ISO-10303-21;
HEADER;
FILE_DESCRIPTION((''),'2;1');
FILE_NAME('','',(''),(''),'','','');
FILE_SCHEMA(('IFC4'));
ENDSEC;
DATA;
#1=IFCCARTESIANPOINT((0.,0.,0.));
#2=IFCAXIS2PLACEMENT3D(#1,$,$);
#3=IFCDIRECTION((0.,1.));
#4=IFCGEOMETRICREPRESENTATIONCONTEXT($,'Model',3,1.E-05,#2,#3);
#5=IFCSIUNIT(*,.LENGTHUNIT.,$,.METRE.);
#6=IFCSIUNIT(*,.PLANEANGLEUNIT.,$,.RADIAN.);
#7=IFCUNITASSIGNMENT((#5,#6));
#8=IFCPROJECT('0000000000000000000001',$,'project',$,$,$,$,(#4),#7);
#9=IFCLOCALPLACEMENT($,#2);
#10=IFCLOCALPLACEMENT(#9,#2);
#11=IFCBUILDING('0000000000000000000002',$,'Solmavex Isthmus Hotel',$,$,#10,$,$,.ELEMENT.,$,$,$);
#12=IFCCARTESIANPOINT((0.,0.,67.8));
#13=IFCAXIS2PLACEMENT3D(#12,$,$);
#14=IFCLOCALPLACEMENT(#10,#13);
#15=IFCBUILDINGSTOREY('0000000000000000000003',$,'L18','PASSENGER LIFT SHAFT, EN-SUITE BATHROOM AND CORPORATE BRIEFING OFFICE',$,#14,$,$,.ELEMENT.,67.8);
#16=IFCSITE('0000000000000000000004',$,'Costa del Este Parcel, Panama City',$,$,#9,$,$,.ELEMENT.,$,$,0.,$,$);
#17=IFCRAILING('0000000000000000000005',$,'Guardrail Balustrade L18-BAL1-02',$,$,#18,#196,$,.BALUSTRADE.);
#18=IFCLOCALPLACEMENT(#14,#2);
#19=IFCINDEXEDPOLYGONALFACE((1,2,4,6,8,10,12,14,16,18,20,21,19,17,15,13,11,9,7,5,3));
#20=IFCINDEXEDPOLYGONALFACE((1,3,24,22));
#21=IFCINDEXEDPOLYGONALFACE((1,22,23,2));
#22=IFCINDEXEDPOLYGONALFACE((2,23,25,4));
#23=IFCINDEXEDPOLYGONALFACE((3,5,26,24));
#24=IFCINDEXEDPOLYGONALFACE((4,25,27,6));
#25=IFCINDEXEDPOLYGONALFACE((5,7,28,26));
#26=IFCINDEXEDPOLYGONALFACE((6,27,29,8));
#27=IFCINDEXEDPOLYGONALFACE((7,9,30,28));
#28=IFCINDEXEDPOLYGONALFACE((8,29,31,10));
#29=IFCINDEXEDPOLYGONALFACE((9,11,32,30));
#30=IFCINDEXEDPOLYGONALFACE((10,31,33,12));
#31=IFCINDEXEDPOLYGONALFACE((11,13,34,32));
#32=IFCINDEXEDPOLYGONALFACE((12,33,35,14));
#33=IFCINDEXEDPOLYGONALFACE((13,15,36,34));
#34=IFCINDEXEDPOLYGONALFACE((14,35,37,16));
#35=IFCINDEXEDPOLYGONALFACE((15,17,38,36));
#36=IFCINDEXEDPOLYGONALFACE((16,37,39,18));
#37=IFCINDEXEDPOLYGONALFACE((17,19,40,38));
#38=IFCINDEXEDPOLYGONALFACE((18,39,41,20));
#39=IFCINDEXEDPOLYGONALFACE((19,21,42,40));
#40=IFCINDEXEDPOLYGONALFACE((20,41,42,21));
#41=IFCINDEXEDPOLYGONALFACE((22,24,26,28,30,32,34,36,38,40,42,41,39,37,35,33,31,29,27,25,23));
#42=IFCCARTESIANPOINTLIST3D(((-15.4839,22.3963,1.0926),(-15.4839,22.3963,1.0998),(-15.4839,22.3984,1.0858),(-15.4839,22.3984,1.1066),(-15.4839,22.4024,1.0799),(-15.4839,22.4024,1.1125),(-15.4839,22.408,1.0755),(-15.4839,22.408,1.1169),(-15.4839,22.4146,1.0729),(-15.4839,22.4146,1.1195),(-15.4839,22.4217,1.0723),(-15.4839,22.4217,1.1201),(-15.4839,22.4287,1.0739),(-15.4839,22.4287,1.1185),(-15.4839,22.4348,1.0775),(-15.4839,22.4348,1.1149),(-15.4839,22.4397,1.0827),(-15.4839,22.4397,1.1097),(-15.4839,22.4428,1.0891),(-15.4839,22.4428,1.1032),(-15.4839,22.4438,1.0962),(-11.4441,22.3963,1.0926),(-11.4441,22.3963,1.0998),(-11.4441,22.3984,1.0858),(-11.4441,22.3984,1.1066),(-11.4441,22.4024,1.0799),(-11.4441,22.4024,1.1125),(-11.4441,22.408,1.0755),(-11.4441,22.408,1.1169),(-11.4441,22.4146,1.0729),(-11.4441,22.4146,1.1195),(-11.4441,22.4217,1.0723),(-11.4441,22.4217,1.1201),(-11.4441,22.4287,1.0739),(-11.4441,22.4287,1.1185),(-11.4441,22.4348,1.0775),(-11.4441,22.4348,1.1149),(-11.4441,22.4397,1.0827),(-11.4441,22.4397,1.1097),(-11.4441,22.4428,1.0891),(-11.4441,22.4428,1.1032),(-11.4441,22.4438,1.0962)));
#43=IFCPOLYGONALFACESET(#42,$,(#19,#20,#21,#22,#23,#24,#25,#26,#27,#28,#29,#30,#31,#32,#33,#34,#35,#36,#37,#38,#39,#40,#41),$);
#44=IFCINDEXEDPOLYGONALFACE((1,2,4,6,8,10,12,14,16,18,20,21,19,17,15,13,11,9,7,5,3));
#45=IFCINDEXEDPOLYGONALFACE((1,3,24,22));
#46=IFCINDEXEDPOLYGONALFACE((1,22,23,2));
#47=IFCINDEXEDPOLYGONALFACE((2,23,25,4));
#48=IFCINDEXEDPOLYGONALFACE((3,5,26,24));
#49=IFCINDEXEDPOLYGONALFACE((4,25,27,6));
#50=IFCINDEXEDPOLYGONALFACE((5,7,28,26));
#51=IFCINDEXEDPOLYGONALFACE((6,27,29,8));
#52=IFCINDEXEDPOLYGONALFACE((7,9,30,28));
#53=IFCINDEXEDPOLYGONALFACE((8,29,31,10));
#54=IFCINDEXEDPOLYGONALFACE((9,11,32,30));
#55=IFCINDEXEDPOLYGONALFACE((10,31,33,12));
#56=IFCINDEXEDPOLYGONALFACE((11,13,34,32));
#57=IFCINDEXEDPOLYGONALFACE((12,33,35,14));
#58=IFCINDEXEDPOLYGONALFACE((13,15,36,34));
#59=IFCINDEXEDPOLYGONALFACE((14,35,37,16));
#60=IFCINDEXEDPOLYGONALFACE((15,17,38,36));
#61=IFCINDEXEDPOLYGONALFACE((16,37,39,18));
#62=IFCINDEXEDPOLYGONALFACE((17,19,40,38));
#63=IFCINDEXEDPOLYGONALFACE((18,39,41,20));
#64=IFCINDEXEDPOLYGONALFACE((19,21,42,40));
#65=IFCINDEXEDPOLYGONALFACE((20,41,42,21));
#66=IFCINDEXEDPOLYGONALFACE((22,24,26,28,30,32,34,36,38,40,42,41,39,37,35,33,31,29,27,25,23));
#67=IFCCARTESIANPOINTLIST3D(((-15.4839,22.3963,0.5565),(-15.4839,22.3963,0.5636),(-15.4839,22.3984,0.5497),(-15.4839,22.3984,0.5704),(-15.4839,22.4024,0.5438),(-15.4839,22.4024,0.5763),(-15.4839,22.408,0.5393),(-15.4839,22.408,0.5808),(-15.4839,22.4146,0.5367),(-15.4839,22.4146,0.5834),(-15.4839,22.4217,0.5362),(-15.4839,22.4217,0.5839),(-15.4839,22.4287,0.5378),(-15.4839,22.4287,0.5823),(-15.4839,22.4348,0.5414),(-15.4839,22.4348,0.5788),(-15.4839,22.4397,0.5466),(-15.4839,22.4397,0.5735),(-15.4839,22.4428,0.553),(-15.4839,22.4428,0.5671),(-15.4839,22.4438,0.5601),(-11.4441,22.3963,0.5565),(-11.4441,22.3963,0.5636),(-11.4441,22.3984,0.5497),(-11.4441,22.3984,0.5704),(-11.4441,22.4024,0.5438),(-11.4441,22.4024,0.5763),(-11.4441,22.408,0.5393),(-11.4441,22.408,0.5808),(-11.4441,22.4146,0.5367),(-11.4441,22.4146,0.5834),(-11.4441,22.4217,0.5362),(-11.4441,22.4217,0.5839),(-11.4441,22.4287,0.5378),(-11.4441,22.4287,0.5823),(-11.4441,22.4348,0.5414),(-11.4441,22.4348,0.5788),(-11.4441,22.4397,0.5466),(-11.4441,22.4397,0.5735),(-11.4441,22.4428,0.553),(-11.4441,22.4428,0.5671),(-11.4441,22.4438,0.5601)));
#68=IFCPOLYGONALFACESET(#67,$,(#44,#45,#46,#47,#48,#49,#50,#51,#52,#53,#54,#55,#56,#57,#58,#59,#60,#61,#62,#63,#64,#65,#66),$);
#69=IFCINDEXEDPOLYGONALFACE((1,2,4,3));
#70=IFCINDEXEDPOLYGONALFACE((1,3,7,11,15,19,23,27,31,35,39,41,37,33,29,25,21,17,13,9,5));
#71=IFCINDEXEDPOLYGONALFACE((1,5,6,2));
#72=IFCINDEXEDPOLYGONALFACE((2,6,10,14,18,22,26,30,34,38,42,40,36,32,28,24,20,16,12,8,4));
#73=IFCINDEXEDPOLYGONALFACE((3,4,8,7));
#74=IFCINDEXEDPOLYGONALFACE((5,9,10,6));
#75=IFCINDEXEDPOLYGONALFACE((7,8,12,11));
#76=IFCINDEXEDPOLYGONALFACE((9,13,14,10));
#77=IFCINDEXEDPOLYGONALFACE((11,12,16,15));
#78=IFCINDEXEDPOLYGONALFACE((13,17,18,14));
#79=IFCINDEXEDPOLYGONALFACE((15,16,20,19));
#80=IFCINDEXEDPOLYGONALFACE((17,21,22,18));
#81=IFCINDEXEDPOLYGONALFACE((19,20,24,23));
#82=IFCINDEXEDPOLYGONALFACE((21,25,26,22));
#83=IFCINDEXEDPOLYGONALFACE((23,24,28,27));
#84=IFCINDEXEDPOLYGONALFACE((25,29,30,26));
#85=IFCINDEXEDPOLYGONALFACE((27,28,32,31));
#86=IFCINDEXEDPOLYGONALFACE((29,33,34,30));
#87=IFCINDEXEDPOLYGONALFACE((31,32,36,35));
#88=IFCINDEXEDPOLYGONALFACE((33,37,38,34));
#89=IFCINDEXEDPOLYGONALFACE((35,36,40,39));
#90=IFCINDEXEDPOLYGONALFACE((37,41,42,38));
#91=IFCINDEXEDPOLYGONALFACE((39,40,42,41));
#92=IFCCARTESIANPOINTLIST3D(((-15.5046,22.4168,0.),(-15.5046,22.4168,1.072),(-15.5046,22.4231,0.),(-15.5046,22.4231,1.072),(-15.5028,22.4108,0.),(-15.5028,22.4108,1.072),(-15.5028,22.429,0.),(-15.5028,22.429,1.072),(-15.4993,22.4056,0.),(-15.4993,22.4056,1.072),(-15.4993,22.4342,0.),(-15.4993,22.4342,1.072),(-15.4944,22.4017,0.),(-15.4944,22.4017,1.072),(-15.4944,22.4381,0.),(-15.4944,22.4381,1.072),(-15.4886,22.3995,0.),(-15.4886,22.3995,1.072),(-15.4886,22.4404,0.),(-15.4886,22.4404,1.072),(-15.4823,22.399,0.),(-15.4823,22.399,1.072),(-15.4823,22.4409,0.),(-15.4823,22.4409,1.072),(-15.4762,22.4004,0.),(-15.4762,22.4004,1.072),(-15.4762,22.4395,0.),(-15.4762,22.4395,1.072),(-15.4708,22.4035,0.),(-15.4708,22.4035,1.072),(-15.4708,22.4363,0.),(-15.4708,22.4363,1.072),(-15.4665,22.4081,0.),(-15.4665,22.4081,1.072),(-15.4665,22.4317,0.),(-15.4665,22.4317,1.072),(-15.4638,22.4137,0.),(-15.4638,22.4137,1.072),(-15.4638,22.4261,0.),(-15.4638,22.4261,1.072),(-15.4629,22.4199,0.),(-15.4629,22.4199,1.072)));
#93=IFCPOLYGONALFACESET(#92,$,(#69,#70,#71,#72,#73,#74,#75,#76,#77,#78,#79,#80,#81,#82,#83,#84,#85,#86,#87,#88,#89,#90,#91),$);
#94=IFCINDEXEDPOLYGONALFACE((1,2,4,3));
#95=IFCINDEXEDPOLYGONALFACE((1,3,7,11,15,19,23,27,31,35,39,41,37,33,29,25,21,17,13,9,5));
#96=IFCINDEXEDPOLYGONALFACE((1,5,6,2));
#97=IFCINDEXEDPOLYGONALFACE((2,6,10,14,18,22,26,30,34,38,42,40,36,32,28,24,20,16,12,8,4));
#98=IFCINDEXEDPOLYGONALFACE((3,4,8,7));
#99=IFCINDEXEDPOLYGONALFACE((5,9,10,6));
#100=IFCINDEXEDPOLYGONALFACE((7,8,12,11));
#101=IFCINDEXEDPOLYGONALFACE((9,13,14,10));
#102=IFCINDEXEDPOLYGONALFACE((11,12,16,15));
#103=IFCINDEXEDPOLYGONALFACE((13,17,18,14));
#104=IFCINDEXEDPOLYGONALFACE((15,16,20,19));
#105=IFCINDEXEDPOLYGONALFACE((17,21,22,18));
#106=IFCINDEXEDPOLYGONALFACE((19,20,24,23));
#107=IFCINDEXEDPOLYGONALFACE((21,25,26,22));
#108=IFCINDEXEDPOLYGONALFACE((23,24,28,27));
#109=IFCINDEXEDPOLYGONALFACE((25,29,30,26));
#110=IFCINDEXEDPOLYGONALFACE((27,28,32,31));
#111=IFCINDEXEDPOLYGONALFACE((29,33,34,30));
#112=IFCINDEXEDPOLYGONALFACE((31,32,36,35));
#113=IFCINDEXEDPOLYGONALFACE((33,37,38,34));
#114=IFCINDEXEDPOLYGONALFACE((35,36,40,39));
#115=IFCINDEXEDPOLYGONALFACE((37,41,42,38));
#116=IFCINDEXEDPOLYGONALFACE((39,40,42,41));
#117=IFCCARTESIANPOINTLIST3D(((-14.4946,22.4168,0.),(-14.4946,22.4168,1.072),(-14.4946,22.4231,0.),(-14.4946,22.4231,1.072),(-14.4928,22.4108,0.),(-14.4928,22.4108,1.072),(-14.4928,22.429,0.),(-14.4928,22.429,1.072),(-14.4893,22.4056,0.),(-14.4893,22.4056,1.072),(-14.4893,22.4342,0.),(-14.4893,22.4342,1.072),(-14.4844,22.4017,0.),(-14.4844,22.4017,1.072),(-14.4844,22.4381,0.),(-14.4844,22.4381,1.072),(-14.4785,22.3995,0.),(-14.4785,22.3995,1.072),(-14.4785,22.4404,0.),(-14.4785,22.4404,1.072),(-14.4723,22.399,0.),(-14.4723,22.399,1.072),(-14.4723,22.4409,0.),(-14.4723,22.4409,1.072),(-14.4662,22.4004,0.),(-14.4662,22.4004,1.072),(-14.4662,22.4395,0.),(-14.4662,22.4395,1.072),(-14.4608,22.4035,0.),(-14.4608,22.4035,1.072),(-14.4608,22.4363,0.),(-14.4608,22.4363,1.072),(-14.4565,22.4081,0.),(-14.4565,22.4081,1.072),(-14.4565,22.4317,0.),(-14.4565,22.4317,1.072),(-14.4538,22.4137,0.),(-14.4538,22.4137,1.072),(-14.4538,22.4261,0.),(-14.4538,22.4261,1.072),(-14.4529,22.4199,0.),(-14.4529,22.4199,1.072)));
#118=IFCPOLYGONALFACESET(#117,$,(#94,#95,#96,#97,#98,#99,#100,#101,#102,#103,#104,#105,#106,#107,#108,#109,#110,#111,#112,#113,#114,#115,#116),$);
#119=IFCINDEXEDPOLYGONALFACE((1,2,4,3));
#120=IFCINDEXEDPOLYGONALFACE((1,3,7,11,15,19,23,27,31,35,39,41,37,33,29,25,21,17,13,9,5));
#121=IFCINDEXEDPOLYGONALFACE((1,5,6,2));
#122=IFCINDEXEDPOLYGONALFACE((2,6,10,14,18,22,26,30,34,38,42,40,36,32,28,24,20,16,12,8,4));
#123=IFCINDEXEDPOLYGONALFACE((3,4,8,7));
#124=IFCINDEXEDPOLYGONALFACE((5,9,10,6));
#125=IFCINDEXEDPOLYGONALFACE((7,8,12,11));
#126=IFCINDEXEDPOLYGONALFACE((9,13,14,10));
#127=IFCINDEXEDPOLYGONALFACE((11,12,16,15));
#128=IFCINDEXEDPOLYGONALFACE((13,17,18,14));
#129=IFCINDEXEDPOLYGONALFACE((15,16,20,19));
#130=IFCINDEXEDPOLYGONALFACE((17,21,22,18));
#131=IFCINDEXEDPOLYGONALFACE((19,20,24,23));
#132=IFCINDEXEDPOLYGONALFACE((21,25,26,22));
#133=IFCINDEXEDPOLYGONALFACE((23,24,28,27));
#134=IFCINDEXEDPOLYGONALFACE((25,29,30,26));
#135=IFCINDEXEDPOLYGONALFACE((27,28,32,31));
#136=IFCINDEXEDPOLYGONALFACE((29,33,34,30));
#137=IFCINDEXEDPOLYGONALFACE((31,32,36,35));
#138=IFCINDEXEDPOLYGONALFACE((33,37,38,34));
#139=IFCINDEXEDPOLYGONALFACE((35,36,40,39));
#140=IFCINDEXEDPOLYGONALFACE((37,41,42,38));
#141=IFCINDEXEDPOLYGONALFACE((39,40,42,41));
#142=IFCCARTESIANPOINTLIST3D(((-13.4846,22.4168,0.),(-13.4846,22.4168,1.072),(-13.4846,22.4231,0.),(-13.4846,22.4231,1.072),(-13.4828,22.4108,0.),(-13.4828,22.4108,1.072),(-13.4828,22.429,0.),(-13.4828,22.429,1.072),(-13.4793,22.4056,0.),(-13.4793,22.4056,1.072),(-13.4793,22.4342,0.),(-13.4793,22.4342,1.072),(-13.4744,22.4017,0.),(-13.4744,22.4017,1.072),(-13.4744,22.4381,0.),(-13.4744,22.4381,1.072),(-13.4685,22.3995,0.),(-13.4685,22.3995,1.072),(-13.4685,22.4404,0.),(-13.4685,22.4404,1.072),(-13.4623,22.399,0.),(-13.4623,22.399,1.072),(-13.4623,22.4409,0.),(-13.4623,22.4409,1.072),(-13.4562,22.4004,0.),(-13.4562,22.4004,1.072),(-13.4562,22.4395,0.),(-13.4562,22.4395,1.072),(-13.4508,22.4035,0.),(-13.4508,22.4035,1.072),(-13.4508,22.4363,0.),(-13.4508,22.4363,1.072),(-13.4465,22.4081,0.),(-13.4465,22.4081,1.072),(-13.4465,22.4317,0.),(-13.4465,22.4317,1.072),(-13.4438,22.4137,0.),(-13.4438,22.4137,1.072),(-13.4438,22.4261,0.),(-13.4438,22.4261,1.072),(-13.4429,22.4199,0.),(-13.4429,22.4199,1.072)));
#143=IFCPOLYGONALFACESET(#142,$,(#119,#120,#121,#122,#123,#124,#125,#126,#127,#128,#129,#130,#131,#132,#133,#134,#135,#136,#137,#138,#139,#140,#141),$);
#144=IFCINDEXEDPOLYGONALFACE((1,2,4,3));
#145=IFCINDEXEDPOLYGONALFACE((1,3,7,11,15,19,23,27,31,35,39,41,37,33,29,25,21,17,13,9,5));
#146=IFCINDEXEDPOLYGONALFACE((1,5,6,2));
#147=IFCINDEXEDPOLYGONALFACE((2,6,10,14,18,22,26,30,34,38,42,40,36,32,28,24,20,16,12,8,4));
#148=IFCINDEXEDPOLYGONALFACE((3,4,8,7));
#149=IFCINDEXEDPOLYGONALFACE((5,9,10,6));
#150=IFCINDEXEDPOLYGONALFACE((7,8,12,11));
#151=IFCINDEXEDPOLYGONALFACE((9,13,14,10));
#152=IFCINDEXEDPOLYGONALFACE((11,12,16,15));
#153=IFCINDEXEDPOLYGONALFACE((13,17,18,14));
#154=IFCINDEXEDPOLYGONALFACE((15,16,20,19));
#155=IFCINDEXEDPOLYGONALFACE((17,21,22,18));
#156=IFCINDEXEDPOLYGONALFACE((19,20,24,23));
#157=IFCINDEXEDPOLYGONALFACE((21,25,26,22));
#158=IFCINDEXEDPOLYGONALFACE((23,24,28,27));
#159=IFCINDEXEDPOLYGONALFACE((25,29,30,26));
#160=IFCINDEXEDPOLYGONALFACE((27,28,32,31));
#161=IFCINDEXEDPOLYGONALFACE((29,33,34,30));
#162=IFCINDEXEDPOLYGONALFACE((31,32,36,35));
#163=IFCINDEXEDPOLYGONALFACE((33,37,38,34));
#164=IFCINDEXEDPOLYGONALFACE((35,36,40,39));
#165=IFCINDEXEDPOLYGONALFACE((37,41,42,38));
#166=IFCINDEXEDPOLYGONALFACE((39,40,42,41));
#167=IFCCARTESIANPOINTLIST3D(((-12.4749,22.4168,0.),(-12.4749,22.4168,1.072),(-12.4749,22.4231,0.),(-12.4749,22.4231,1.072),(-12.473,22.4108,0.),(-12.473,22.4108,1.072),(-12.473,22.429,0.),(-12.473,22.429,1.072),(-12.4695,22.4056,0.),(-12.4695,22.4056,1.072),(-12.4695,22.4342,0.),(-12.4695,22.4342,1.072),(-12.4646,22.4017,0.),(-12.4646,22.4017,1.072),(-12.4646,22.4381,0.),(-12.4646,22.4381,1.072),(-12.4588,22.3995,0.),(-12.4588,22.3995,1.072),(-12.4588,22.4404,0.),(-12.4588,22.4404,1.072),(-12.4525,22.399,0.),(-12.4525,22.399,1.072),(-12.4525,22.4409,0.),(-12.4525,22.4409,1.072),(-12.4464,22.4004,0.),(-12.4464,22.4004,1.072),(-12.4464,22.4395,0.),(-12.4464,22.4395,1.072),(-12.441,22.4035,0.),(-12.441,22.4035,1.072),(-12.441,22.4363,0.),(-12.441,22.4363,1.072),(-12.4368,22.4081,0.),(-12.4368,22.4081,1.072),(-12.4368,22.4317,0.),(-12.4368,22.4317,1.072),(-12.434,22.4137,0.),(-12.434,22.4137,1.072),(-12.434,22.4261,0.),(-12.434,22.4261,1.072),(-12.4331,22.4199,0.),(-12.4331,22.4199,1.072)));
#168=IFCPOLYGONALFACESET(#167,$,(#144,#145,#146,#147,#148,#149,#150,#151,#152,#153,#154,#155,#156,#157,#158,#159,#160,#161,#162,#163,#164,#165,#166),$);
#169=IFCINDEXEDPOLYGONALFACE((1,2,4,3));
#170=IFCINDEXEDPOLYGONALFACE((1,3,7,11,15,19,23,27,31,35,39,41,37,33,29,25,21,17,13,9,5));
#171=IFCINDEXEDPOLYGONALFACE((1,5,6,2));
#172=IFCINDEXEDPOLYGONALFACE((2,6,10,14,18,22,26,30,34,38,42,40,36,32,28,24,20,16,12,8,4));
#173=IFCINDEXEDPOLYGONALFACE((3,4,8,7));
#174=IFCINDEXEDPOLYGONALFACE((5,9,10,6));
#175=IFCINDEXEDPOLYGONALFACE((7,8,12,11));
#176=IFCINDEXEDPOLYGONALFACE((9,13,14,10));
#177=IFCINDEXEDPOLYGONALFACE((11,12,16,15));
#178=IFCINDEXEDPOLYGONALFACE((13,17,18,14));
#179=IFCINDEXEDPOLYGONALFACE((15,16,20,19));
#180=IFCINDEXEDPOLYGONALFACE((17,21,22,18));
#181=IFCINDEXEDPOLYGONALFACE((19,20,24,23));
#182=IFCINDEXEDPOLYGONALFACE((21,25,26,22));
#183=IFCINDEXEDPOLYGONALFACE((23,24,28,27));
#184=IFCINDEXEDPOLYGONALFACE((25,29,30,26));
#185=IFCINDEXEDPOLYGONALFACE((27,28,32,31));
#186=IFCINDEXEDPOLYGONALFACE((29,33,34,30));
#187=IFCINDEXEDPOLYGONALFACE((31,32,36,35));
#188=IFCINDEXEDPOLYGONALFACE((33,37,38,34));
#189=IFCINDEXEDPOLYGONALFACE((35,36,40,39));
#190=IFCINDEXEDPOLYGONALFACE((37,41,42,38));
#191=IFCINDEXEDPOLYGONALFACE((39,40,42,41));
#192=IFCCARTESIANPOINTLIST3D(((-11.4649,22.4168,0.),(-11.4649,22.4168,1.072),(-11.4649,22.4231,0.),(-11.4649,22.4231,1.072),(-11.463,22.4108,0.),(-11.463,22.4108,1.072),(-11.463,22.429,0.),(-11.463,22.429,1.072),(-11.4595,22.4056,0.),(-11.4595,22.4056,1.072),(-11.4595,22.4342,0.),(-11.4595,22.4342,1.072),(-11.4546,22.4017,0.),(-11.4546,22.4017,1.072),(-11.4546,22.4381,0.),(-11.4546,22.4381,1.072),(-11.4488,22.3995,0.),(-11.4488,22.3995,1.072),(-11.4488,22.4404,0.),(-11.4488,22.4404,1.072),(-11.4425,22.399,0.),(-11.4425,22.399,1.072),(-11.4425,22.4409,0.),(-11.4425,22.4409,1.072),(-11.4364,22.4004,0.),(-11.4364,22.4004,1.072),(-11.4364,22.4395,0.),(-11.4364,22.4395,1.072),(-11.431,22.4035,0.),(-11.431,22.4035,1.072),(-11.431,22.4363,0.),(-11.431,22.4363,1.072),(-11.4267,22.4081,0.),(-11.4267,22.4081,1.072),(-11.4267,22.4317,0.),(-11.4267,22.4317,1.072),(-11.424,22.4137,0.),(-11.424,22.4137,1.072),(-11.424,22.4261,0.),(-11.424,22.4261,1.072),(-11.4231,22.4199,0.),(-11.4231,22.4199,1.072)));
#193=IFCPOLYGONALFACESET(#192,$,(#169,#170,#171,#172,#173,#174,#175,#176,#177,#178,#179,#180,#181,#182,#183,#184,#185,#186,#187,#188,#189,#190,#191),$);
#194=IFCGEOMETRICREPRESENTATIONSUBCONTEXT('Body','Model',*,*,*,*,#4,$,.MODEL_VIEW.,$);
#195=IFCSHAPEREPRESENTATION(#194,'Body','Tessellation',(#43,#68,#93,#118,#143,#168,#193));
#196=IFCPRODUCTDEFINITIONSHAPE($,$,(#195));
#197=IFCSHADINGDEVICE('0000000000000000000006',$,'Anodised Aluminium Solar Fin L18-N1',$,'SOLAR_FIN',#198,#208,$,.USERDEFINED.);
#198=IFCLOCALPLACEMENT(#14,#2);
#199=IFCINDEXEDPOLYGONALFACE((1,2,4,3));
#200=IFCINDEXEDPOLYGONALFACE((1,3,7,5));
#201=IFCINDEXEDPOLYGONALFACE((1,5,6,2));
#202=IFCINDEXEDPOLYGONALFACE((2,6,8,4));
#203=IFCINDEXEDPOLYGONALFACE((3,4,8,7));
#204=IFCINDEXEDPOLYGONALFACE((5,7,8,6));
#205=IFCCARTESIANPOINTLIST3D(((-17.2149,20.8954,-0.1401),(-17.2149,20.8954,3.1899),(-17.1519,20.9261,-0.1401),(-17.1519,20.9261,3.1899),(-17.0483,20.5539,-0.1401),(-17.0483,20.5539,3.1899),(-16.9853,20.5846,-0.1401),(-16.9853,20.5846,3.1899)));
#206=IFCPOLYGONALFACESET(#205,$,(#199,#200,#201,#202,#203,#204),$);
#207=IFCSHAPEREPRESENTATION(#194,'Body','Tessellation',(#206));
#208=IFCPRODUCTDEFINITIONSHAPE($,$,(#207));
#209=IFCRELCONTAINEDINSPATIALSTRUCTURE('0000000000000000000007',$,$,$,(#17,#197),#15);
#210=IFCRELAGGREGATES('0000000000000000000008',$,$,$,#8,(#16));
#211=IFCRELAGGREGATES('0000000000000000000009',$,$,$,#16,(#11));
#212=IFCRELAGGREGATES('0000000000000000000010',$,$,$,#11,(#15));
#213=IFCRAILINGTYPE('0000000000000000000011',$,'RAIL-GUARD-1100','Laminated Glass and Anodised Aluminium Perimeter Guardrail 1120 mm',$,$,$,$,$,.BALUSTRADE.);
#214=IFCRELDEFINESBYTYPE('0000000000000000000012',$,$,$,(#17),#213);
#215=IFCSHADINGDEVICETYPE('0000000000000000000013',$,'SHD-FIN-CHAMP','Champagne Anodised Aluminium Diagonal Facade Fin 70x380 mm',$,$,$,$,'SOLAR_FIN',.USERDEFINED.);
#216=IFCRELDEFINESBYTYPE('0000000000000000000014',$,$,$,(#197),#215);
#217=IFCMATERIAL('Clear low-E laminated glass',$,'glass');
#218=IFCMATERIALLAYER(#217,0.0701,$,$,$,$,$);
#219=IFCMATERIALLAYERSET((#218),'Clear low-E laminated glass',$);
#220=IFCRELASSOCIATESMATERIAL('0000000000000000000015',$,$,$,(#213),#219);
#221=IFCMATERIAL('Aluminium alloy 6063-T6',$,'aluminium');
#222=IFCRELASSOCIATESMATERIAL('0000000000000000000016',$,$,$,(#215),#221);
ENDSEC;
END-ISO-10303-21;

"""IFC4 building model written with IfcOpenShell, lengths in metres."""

from ifc_helpers import new_model, si_unit, direction, frame, origin, origin_2d, place, context, subcontext, project, spatial, rectangle, circle, extrude, material, layer, layer_set, type_object, element, save


model = new_model("IFC4")

# Units and contexts
model_context = context("Model", 3, precision=1e-05, world=origin(), true_north=direction((0.0, 1.0)))
body_context = subcontext(model_context, "Body", "Model", "MODEL_VIEW")
ifc_project = project(units=[si_unit("LENGTHUNIT", "METRE"), si_unit("PLANEANGLEUNIT", "RADIAN")], contexts=[model_context])

# Site, building, storey
site_placement = place(None, origin())
site = spatial("IfcSite", under=ifc_project, at=site_placement, Name="Costa del Este Parcel, Panama City", CompositionType="ELEMENT", RefElevation=0.0)
building_placement = place(site_placement, origin())
building = spatial("IfcBuilding", under=site, at=building_placement, Name="Solmavex Isthmus Hotel", CompositionType="ELEMENT")
storey_placement = place(building_placement, frame((0.0, 0.0, 67.8)))
storey = spatial("IfcBuildingStorey", under=building, at=storey_placement, Name="L18", Description="PASSENGER LIFT SHAFT, EN-SUITE BATHROOM AND CORPORATE BRIEFING OFFICE", CompositionType="ELEMENT", Elevation=67.8)

# Shared definitions
ifc_material_1 = material(Name="Aluminium alloy 6063-T6", Category="aluminium")

# Shared definitions
ifc_material_2 = material(Name="Clear low-E laminated glass", Category="glass")

# Railing
ifc_layer_1 = layer(ifc_material_2, 0.0701)
ifc_layer_set_1 = layer_set([ifc_layer_1], Name="Clear low-E laminated glass")
railing_type = type_object("IfcRailingType", Name="RAIL-GUARD-1100", Description="Laminated Glass and Anodised Aluminium Perimeter Guardrail 1120 mm", PredefinedType="BALUSTRADE", material=ifc_layer_set_1)
railing_1_placement = place(storey_placement, frame((-15.4839, 22.4199, 0.0)))
element("IfcRailing", 1, at=railing_1_placement, inside=storey, type_object=railing_type, Name="Guardrail Balustrade L18-BAL1-02", PredefinedType="BALUSTRADE", context=body_context, shape_type="SweptSolid", body=[
    extrude(circle(Radius=0.0239, at=origin_2d()), frame((0.0, 0.0, 1.0962), z_axis=(1.0, 0.0, 0.0), x_axis=(0.0, 1.0, 0.0)), (0.0, 0.0, 1.0), 4.0398),
    extrude(circle(Radius=0.0239, at=origin_2d()), frame((0.0, 0.0, 0.5601), z_axis=(1.0, 0.0, 0.0), x_axis=(0.0, 1.0, 0.0)), (0.0, 0.0, 1.0), 4.0398),
    extrude(circle(Radius=0.021, at=origin_2d()), origin(), (0.0, 0.0, 1.0), 1.072),
    extrude(circle(Radius=0.021, at=origin_2d()), frame((1.01, 0.0, 0.0)), (0.0, 0.0, 1.0), 1.072),
    extrude(circle(Radius=0.021, at=origin_2d()), frame((2.02, 0.0, 0.0)), (0.0, 0.0, 1.0), 1.072),
    extrude(circle(Radius=0.021, at=origin_2d()), frame((3.0298, 0.0, 0.0)), (0.0, 0.0, 1.0), 1.072),
    extrude(circle(Radius=0.021, at=origin_2d()), frame((4.0398, 0.0, 0.0)), (0.0, 0.0, 1.0), 1.072),
])

# Shading device
shading_device_type = type_object("IfcShadingDeviceType", Name="SHD-FIN-CHAMP", Description="Champagne Anodised Aluminium Diagonal Facade Fin 70x380 mm", ElementType="SOLAR_FIN", PredefinedType="USERDEFINED", material=ifc_material_1)
shading_device_placement = place(storey_placement, frame((-17.1001, 20.74, -0.1401), z_axis=(0.0, 0.0, 1.0), x_axis=(-0.438371, 0.898794, 0.0)))
element("IfcShadingDevice", 2, at=shading_device_placement, inside=storey, type_object=shading_device_type, Name="Anodised Aluminium Solar Fin L18-N1", ObjectType="SOLAR_FIN", PredefinedType="USERDEFINED", context=body_context, shape_type="SweptSolid", body=[
    extrude(rectangle(XDim=0.3799, YDim=0.0701, at=origin_2d()), origin(), (0.0, 0.0, 1.0), 3.3301),
])

save(model, "model.ifc")
